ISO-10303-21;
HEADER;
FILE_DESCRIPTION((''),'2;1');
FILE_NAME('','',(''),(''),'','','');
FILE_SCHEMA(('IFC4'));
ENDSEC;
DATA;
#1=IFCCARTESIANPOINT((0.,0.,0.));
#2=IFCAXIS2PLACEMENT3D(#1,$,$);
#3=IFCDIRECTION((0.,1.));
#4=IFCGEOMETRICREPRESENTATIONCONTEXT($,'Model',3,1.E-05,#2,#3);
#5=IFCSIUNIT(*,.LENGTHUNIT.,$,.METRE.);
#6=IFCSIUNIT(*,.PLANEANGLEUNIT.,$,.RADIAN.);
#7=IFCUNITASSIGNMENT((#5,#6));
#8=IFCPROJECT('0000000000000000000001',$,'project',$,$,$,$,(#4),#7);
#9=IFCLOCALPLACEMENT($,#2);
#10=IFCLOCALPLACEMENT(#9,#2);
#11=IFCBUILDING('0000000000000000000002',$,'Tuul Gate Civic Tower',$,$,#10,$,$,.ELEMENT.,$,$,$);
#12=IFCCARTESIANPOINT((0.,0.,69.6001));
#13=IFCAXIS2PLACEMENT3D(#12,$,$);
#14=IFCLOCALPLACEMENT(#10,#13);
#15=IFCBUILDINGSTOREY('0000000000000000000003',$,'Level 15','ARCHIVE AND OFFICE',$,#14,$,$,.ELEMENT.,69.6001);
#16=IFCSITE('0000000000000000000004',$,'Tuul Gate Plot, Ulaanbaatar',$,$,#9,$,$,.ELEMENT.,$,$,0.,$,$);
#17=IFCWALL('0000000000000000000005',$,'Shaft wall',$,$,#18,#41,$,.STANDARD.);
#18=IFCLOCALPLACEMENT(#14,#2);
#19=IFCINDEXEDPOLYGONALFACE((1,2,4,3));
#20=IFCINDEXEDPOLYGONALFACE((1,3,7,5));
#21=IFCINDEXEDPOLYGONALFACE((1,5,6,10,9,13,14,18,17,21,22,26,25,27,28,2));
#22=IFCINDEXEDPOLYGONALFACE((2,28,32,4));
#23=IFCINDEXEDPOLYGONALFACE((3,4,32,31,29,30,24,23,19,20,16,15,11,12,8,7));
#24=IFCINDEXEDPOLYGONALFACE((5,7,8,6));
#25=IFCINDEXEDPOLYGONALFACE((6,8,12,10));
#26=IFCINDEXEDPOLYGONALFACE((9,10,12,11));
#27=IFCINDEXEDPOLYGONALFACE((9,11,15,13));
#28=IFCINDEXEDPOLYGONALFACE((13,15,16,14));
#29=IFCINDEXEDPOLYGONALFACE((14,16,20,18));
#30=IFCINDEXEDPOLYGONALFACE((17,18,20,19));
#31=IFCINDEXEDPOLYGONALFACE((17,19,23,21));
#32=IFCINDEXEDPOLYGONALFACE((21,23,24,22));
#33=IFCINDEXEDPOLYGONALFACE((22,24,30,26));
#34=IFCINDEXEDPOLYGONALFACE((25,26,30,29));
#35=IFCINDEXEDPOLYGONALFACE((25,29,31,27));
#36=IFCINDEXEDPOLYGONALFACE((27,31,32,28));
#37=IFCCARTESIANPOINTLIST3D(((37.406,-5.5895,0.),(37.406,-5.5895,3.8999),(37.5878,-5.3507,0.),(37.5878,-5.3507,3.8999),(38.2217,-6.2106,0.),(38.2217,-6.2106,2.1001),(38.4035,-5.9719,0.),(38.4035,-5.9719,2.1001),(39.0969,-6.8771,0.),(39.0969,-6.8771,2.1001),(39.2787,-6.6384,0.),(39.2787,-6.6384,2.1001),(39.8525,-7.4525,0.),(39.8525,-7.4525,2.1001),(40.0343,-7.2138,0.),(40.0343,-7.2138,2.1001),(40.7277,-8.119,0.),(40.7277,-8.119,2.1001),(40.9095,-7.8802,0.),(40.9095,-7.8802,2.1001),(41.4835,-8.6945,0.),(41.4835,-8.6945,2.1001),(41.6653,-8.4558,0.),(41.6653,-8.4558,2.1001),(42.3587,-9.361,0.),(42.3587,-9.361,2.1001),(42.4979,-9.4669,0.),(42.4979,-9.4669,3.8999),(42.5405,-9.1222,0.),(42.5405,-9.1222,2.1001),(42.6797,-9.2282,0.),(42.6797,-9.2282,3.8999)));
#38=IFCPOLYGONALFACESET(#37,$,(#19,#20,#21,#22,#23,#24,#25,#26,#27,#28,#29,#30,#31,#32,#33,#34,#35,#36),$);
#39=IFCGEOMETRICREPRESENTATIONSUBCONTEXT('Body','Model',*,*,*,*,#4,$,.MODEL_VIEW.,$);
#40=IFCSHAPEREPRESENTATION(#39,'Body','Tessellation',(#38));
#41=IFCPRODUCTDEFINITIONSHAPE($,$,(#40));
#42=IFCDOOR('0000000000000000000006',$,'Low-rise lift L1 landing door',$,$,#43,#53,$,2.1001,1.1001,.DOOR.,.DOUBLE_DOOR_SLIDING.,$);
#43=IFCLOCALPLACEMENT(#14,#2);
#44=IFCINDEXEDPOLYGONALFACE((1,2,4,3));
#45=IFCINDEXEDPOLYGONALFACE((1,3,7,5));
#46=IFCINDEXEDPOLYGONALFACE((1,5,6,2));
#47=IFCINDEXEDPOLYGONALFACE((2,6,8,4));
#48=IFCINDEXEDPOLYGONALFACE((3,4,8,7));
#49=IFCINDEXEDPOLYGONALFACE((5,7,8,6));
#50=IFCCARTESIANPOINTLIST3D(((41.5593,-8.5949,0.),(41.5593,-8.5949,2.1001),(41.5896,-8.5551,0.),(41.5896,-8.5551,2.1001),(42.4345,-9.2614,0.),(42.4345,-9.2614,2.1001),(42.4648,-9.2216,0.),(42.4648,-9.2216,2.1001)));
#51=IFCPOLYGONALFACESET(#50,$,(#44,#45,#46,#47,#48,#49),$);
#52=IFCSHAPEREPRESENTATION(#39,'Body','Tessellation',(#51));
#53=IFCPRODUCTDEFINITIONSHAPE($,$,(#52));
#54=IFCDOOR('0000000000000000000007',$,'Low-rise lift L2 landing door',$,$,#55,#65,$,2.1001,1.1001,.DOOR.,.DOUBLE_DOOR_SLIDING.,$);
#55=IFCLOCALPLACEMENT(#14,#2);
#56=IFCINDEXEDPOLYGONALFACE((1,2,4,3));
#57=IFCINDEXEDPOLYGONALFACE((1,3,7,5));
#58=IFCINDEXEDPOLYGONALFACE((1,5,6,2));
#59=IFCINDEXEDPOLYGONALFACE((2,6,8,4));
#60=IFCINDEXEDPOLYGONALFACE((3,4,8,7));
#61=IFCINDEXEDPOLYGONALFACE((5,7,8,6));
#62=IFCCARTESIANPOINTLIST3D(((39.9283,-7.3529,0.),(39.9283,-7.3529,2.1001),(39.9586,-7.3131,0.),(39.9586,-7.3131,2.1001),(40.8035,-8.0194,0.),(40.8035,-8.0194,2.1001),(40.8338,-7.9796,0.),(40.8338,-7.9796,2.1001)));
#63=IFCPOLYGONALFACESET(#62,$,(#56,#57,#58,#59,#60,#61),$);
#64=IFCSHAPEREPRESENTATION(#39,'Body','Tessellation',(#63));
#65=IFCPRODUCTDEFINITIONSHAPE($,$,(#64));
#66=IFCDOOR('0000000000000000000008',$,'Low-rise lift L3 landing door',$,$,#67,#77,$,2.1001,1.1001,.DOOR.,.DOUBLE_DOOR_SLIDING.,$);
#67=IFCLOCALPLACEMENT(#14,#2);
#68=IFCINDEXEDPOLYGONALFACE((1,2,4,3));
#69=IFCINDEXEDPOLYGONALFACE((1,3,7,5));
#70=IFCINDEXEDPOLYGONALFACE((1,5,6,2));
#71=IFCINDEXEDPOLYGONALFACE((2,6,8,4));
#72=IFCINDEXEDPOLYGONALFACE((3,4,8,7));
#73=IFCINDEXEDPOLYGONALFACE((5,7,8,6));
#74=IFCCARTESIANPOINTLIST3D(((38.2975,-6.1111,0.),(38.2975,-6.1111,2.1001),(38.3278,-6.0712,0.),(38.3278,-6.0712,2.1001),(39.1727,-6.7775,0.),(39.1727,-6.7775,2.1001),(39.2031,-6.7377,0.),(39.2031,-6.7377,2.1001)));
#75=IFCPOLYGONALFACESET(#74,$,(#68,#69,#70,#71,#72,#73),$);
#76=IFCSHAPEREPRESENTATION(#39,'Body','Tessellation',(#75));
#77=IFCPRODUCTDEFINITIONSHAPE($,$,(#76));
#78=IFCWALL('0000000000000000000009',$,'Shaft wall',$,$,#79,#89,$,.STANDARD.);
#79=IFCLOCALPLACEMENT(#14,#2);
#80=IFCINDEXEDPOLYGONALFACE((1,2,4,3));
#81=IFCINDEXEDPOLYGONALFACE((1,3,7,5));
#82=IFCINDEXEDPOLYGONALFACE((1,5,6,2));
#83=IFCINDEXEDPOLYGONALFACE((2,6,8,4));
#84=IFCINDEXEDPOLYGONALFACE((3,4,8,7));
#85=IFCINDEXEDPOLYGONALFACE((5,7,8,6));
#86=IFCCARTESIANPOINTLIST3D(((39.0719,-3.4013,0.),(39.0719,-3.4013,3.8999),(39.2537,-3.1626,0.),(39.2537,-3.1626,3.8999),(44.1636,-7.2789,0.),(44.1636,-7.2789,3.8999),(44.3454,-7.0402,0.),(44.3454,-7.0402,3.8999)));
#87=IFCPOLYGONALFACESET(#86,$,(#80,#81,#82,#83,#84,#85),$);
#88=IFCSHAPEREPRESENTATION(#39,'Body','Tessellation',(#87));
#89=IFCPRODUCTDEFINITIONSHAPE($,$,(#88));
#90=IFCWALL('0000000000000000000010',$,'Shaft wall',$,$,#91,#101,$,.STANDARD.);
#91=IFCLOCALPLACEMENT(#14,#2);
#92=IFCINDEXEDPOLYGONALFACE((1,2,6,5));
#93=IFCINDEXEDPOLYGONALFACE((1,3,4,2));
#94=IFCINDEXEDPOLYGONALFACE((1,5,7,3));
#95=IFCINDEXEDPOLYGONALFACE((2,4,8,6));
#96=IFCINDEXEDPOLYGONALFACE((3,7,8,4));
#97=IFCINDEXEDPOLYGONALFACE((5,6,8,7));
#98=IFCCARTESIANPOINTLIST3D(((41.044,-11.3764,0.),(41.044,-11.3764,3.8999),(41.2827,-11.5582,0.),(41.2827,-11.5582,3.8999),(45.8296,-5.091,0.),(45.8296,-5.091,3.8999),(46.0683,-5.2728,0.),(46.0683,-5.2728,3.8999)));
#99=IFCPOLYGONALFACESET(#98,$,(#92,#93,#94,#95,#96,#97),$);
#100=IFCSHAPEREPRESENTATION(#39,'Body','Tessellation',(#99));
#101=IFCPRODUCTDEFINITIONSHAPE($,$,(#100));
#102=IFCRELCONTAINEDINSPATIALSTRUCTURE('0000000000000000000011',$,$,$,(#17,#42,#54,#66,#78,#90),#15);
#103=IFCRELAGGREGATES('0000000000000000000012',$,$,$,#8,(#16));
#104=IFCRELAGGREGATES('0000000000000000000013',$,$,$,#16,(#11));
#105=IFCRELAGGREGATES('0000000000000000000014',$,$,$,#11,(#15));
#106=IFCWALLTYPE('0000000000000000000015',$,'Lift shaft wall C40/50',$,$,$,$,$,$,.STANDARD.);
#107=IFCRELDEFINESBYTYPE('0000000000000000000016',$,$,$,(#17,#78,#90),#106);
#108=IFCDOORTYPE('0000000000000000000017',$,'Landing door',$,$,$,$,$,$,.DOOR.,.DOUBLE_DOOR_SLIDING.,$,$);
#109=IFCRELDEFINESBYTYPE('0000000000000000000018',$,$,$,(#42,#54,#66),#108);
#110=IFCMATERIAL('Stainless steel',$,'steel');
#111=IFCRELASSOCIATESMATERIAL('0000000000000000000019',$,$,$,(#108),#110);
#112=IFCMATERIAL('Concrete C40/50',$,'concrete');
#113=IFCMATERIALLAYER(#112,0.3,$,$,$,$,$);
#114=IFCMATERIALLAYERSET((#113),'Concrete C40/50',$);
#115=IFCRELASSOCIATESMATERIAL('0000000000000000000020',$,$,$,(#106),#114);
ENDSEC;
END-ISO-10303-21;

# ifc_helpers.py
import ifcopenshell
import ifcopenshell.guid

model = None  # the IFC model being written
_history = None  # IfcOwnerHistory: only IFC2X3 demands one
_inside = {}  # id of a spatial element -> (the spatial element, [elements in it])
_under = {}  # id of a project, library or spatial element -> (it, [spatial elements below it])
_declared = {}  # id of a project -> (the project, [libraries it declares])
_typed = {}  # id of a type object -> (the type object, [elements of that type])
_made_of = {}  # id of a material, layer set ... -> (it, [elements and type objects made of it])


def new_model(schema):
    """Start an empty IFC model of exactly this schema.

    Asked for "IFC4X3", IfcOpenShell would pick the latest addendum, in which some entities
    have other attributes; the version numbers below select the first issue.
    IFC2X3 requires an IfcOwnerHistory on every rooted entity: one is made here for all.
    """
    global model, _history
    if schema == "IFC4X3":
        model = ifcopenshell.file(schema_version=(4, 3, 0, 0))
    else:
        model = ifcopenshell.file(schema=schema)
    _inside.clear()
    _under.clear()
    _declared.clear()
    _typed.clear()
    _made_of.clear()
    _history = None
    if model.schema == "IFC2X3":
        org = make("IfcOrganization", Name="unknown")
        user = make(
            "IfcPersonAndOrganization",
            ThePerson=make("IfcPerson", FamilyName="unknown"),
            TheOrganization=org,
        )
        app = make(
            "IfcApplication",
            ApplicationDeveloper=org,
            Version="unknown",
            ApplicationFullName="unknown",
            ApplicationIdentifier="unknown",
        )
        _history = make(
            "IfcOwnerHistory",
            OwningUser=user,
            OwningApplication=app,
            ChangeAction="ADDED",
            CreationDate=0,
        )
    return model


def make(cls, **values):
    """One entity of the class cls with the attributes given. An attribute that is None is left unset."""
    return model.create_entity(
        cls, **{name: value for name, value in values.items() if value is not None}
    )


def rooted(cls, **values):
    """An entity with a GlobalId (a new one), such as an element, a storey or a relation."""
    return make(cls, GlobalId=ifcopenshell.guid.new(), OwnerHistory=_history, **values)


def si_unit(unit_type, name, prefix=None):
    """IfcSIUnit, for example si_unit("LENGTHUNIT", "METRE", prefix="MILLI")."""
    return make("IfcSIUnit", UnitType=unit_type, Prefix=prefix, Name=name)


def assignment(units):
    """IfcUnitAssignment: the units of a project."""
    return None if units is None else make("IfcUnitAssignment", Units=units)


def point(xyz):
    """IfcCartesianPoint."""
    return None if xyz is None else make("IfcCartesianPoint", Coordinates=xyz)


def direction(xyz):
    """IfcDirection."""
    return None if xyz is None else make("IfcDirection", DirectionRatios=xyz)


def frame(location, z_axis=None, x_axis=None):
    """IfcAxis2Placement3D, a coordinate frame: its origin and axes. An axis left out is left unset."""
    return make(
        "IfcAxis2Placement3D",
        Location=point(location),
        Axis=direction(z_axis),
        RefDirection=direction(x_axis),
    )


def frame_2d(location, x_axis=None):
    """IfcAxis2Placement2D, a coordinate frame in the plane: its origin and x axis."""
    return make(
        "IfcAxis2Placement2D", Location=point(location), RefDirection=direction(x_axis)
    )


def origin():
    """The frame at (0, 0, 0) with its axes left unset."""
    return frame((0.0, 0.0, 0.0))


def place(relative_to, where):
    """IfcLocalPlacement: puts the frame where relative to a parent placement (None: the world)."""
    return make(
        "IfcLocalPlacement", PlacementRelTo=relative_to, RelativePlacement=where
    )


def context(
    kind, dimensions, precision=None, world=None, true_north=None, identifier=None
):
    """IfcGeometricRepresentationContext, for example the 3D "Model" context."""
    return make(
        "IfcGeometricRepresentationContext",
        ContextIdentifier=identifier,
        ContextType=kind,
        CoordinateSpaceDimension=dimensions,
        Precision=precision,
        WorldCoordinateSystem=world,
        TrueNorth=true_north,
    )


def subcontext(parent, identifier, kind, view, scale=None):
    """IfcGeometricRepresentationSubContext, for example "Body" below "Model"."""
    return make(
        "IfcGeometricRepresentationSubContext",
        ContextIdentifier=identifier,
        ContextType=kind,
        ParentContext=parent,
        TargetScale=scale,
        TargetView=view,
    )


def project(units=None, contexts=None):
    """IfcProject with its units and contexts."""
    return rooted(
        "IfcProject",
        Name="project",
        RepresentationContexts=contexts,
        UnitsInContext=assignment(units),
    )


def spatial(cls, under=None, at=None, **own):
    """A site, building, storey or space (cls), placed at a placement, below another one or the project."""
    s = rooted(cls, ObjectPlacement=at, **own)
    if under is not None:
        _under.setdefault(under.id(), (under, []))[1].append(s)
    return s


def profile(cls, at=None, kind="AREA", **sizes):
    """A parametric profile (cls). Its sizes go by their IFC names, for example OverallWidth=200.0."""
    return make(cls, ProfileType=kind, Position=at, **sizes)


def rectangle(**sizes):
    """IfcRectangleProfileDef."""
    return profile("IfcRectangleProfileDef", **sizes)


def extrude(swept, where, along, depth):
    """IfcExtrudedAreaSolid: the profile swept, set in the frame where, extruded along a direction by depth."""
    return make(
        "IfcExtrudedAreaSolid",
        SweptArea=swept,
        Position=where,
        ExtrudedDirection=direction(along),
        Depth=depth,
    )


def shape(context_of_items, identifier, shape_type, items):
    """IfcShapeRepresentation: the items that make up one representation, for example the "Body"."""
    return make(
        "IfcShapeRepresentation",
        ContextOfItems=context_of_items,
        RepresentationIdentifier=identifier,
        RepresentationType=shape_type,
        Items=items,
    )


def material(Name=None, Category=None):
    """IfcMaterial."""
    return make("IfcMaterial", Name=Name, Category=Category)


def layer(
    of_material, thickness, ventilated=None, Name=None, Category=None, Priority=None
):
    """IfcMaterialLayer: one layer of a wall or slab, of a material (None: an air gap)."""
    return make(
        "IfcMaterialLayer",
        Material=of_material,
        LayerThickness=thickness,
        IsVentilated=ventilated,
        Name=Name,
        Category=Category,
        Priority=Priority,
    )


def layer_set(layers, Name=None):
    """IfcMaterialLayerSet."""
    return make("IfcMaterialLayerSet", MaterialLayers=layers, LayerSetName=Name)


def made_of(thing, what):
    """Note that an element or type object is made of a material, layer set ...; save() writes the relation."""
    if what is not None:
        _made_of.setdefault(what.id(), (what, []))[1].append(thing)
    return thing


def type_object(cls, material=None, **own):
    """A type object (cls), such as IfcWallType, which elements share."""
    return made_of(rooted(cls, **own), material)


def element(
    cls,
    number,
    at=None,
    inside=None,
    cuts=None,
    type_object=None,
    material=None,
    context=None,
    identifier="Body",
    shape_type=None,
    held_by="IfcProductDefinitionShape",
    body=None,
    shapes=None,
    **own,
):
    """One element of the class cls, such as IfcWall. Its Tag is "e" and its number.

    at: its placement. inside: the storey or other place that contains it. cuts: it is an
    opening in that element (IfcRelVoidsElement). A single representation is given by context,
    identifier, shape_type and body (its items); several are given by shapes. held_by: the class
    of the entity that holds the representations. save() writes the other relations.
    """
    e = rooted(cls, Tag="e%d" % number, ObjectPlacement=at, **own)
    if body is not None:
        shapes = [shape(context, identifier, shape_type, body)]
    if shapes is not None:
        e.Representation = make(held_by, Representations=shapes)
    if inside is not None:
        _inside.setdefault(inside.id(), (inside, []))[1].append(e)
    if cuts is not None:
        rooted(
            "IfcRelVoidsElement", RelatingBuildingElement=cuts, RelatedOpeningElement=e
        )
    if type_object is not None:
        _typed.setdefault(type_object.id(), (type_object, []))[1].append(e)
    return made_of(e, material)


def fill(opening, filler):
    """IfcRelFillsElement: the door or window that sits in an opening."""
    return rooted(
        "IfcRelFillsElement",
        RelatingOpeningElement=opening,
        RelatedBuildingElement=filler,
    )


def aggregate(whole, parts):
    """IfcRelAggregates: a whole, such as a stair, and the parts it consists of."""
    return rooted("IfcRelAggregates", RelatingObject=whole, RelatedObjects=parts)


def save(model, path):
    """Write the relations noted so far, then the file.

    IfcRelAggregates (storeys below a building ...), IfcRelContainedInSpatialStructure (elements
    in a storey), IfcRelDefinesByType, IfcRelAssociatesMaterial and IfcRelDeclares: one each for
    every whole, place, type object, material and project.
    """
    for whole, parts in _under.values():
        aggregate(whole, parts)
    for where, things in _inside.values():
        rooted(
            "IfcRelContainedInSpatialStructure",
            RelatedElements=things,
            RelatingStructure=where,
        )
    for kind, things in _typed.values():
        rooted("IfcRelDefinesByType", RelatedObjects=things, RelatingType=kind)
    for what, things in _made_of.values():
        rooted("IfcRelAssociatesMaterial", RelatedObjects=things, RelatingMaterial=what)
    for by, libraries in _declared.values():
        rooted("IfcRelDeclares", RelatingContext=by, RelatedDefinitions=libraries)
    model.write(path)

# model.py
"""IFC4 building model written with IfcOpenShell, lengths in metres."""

from ifc_helpers import new_model, si_unit, direction, frame, frame_2d, origin, place, context, subcontext, project, spatial, rectangle, extrude, material, layer, layer_set, type_object, element, fill, save


model = new_model("IFC4")

# Units and contexts
model_context = context("Model", 3, precision=1e-05, world=origin(), true_north=direction((0.0, 1.0)))
body_context = subcontext(model_context, "Body", "Model", "MODEL_VIEW")
ifc_project = project(units=[si_unit("LENGTHUNIT", "METRE"), si_unit("PLANEANGLEUNIT", "RADIAN")], contexts=[model_context])

# Site, building, storey
site_placement = place(None, origin())
site = spatial("IfcSite", under=ifc_project, at=site_placement, Name="Tuul Gate Plot, Ulaanbaatar", CompositionType="ELEMENT", RefElevation=0.0)
building_placement = place(site_placement, origin())
building = spatial("IfcBuilding", under=site, at=building_placement, Name="Tuul Gate Civic Tower", CompositionType="ELEMENT")
storey_placement = place(building_placement, frame((0.0, 0.0, 69.6001)))
storey = spatial("IfcBuildingStorey", under=building, at=storey_placement, Name="Level 15", Description="ARCHIVE AND OFFICE", CompositionType="ELEMENT", Elevation=69.6001)

# Shared definitions
ifc_material_1 = material(Name="Stainless steel", Category="steel")
door_type_1 = type_object("IfcDoorType", Name="Landing door", OperationType="DOUBLE_DOOR_SLIDING", PredefinedType="DOOR", material=ifc_material_1)

# Shared definitions
ifc_material_2 = material(Name="Concrete C40/50", Category="concrete")
ifc_layer_1 = layer(ifc_material_2, 0.3)
ifc_layer_set_1 = layer_set([ifc_layer_1], Name="Concrete C40/50")
wall_type_1 = type_object("IfcWallType", Name="Lift shaft wall C40/50", PredefinedType="STANDARD", material=ifc_layer_set_1)

# Wall, openings, doors
wall_1_placement = place(storey_placement, frame((42.5889, -9.3477, 0.0), z_axis=(0.0, 0.0, 1.0), x_axis=(-0.795584, 0.605843, 0.0)))
wall_1 = element("IfcWall", 1, at=wall_1_placement, inside=storey, type_object=wall_type_1, Name="Shaft wall", PredefinedType="STANDARD", context=body_context, shape_type="SweptSolid", body=[
    extrude(rectangle(XDim=6.4001, YDim=0.3, at=frame_2d((3.2002, 0.0))), origin(), (0.0, 0.0, 1.0), 3.8999),
])
opening_1_placement = place(wall_1_placement, frame((0.175, 0.0, 0.0)))
opening_1 = element("IfcOpeningElement", 2, at=opening_1_placement, cuts=wall_1, PredefinedType="OPENING", context=body_context, shape_type="SweptSolid", body=[
    extrude(rectangle(XDim=1.1001, YDim=2.1001, at=frame_2d((0.55, 1.05))), frame((0.0, 0.1602, 0.0), z_axis=(0.0, -1.0, 0.0), x_axis=(1.0, 0.0, 0.0)), (0.0, 0.0, 1.0), 0.3201),
])
opening_2_placement = place(wall_1_placement, frame((2.2251, 0.0, 0.0)))
opening_2 = element("IfcOpeningElement", 3, at=opening_2_placement, cuts=wall_1, PredefinedType="OPENING", context=body_context, shape_type="SweptSolid", body=[
    extrude(rectangle(XDim=1.1001, YDim=2.1001, at=frame_2d((0.55, 1.05))), frame((0.0, 0.1602, 0.0), z_axis=(0.0, -1.0, 0.0), x_axis=(1.0, 0.0, 0.0)), (0.0, 0.0, 1.0), 0.3201),
])
opening_3_placement = place(wall_1_placement, frame((4.2749, 0.0, 0.0)))
opening_3 = element("IfcOpeningElement", 4, at=opening_3_placement, cuts=wall_1, PredefinedType="OPENING", context=body_context, shape_type="SweptSolid", body=[
    extrude(rectangle(XDim=1.1001, YDim=2.1001, at=frame_2d((0.55, 1.05))), frame((0.0, 0.1602, 0.0), z_axis=(0.0, -1.0, 0.0), x_axis=(1.0, 0.0, 0.0)), (0.0, 0.0, 1.0), 0.3201),
])
door_1_placement = place(opening_1_placement, origin())
door_1 = element("IfcDoor", 5, at=door_1_placement, inside=storey, type_object=door_type_1, Name="Low-rise lift L1 landing door", OperationType="DOUBLE_DOOR_SLIDING", OverallHeight=2.1001, OverallWidth=1.1001, PredefinedType="DOOR", context=body_context, shape_type="SweptSolid", body=[
    extrude(rectangle(XDim=1.1001, YDim=2.1001, at=frame_2d((0.55, 1.05))), frame((0.0, 0.0249, 0.0), z_axis=(0.0, -1.0, 0.0), x_axis=(1.0, 0.0, 0.0)), (0.0, 0.0, 1.0), 0.05),
])
fill(opening_1, door_1)
door_2_placement = place(opening_2_placement, origin())
door_2 = element("IfcDoor", 6, at=door_2_placement, inside=storey, type_object=door_type_1, Name="Low-rise lift L2 landing door", OperationType="DOUBLE_DOOR_SLIDING", OverallHeight=2.1001, OverallWidth=1.1001, PredefinedType="DOOR", context=body_context, shape_type="SweptSolid", body=[
    extrude(rectangle(XDim=1.1001, YDim=2.1001, at=frame_2d((0.55, 1.05))), frame((0.0, 0.0249, 0.0), z_axis=(0.0, -1.0, 0.0), x_axis=(1.0, 0.0, 0.0)), (0.0, 0.0, 1.0), 0.05),
])
fill(opening_2, door_2)
door_3_placement = place(opening_3_placement, origin())
door_3 = element("IfcDoor", 7, at=door_3_placement, inside=storey, type_object=door_type_1, Name="Low-rise lift L3 landing door", OperationType="DOUBLE_DOOR_SLIDING", OverallHeight=2.1001, OverallWidth=1.1001, PredefinedType="DOOR", context=body_context, shape_type="SweptSolid", body=[
    extrude(rectangle(XDim=1.1001, YDim=2.1001, at=frame_2d((0.55, 1.05))), frame((0.0, 0.0249, 0.0), z_axis=(0.0, -1.0, 0.0), x_axis=(1.0, 0.0, 0.0)), (0.0, 0.0, 1.0), 0.05),
])
fill(opening_3, door_3)

# Walls
wall_2_placement = place(storey_placement, frame((44.2546, -7.1597, 0.0), z_axis=(0.0, 0.0, 1.0), x_axis=(-0.795566, 0.605867, 0.0)))
element("IfcWall", 8, at=wall_2_placement, inside=storey, type_object=wall_type_1, Name="Shaft wall", PredefinedType="STANDARD", context=body_context, shape_type="SweptSolid", body=[
    extrude(rectangle(XDim=6.4001, YDim=0.3, at=frame_2d((3.2002, 0.0))), origin(), (0.0, 0.0, 1.0), 3.8999),
])
wall_3_placement = place(storey_placement, frame((41.1633, -11.4673, 0.0), z_axis=(0.0, 0.0, 1.0), x_axis=(0.605784, 0.795629, 0.0)))
element("IfcWall", 9, at=wall_3_placement, inside=storey, type_object=wall_type_1, Name="Shaft wall", PredefinedType="STANDARD", context=body_context, shape_type="SweptSolid", body=[
    extrude(rectangle(XDim=7.8999, YDim=0.3, at=frame_2d((3.95, 0.0))), origin(), (0.0, 0.0, 1.0), 3.8999),
])

save(model, "model.ifc")
